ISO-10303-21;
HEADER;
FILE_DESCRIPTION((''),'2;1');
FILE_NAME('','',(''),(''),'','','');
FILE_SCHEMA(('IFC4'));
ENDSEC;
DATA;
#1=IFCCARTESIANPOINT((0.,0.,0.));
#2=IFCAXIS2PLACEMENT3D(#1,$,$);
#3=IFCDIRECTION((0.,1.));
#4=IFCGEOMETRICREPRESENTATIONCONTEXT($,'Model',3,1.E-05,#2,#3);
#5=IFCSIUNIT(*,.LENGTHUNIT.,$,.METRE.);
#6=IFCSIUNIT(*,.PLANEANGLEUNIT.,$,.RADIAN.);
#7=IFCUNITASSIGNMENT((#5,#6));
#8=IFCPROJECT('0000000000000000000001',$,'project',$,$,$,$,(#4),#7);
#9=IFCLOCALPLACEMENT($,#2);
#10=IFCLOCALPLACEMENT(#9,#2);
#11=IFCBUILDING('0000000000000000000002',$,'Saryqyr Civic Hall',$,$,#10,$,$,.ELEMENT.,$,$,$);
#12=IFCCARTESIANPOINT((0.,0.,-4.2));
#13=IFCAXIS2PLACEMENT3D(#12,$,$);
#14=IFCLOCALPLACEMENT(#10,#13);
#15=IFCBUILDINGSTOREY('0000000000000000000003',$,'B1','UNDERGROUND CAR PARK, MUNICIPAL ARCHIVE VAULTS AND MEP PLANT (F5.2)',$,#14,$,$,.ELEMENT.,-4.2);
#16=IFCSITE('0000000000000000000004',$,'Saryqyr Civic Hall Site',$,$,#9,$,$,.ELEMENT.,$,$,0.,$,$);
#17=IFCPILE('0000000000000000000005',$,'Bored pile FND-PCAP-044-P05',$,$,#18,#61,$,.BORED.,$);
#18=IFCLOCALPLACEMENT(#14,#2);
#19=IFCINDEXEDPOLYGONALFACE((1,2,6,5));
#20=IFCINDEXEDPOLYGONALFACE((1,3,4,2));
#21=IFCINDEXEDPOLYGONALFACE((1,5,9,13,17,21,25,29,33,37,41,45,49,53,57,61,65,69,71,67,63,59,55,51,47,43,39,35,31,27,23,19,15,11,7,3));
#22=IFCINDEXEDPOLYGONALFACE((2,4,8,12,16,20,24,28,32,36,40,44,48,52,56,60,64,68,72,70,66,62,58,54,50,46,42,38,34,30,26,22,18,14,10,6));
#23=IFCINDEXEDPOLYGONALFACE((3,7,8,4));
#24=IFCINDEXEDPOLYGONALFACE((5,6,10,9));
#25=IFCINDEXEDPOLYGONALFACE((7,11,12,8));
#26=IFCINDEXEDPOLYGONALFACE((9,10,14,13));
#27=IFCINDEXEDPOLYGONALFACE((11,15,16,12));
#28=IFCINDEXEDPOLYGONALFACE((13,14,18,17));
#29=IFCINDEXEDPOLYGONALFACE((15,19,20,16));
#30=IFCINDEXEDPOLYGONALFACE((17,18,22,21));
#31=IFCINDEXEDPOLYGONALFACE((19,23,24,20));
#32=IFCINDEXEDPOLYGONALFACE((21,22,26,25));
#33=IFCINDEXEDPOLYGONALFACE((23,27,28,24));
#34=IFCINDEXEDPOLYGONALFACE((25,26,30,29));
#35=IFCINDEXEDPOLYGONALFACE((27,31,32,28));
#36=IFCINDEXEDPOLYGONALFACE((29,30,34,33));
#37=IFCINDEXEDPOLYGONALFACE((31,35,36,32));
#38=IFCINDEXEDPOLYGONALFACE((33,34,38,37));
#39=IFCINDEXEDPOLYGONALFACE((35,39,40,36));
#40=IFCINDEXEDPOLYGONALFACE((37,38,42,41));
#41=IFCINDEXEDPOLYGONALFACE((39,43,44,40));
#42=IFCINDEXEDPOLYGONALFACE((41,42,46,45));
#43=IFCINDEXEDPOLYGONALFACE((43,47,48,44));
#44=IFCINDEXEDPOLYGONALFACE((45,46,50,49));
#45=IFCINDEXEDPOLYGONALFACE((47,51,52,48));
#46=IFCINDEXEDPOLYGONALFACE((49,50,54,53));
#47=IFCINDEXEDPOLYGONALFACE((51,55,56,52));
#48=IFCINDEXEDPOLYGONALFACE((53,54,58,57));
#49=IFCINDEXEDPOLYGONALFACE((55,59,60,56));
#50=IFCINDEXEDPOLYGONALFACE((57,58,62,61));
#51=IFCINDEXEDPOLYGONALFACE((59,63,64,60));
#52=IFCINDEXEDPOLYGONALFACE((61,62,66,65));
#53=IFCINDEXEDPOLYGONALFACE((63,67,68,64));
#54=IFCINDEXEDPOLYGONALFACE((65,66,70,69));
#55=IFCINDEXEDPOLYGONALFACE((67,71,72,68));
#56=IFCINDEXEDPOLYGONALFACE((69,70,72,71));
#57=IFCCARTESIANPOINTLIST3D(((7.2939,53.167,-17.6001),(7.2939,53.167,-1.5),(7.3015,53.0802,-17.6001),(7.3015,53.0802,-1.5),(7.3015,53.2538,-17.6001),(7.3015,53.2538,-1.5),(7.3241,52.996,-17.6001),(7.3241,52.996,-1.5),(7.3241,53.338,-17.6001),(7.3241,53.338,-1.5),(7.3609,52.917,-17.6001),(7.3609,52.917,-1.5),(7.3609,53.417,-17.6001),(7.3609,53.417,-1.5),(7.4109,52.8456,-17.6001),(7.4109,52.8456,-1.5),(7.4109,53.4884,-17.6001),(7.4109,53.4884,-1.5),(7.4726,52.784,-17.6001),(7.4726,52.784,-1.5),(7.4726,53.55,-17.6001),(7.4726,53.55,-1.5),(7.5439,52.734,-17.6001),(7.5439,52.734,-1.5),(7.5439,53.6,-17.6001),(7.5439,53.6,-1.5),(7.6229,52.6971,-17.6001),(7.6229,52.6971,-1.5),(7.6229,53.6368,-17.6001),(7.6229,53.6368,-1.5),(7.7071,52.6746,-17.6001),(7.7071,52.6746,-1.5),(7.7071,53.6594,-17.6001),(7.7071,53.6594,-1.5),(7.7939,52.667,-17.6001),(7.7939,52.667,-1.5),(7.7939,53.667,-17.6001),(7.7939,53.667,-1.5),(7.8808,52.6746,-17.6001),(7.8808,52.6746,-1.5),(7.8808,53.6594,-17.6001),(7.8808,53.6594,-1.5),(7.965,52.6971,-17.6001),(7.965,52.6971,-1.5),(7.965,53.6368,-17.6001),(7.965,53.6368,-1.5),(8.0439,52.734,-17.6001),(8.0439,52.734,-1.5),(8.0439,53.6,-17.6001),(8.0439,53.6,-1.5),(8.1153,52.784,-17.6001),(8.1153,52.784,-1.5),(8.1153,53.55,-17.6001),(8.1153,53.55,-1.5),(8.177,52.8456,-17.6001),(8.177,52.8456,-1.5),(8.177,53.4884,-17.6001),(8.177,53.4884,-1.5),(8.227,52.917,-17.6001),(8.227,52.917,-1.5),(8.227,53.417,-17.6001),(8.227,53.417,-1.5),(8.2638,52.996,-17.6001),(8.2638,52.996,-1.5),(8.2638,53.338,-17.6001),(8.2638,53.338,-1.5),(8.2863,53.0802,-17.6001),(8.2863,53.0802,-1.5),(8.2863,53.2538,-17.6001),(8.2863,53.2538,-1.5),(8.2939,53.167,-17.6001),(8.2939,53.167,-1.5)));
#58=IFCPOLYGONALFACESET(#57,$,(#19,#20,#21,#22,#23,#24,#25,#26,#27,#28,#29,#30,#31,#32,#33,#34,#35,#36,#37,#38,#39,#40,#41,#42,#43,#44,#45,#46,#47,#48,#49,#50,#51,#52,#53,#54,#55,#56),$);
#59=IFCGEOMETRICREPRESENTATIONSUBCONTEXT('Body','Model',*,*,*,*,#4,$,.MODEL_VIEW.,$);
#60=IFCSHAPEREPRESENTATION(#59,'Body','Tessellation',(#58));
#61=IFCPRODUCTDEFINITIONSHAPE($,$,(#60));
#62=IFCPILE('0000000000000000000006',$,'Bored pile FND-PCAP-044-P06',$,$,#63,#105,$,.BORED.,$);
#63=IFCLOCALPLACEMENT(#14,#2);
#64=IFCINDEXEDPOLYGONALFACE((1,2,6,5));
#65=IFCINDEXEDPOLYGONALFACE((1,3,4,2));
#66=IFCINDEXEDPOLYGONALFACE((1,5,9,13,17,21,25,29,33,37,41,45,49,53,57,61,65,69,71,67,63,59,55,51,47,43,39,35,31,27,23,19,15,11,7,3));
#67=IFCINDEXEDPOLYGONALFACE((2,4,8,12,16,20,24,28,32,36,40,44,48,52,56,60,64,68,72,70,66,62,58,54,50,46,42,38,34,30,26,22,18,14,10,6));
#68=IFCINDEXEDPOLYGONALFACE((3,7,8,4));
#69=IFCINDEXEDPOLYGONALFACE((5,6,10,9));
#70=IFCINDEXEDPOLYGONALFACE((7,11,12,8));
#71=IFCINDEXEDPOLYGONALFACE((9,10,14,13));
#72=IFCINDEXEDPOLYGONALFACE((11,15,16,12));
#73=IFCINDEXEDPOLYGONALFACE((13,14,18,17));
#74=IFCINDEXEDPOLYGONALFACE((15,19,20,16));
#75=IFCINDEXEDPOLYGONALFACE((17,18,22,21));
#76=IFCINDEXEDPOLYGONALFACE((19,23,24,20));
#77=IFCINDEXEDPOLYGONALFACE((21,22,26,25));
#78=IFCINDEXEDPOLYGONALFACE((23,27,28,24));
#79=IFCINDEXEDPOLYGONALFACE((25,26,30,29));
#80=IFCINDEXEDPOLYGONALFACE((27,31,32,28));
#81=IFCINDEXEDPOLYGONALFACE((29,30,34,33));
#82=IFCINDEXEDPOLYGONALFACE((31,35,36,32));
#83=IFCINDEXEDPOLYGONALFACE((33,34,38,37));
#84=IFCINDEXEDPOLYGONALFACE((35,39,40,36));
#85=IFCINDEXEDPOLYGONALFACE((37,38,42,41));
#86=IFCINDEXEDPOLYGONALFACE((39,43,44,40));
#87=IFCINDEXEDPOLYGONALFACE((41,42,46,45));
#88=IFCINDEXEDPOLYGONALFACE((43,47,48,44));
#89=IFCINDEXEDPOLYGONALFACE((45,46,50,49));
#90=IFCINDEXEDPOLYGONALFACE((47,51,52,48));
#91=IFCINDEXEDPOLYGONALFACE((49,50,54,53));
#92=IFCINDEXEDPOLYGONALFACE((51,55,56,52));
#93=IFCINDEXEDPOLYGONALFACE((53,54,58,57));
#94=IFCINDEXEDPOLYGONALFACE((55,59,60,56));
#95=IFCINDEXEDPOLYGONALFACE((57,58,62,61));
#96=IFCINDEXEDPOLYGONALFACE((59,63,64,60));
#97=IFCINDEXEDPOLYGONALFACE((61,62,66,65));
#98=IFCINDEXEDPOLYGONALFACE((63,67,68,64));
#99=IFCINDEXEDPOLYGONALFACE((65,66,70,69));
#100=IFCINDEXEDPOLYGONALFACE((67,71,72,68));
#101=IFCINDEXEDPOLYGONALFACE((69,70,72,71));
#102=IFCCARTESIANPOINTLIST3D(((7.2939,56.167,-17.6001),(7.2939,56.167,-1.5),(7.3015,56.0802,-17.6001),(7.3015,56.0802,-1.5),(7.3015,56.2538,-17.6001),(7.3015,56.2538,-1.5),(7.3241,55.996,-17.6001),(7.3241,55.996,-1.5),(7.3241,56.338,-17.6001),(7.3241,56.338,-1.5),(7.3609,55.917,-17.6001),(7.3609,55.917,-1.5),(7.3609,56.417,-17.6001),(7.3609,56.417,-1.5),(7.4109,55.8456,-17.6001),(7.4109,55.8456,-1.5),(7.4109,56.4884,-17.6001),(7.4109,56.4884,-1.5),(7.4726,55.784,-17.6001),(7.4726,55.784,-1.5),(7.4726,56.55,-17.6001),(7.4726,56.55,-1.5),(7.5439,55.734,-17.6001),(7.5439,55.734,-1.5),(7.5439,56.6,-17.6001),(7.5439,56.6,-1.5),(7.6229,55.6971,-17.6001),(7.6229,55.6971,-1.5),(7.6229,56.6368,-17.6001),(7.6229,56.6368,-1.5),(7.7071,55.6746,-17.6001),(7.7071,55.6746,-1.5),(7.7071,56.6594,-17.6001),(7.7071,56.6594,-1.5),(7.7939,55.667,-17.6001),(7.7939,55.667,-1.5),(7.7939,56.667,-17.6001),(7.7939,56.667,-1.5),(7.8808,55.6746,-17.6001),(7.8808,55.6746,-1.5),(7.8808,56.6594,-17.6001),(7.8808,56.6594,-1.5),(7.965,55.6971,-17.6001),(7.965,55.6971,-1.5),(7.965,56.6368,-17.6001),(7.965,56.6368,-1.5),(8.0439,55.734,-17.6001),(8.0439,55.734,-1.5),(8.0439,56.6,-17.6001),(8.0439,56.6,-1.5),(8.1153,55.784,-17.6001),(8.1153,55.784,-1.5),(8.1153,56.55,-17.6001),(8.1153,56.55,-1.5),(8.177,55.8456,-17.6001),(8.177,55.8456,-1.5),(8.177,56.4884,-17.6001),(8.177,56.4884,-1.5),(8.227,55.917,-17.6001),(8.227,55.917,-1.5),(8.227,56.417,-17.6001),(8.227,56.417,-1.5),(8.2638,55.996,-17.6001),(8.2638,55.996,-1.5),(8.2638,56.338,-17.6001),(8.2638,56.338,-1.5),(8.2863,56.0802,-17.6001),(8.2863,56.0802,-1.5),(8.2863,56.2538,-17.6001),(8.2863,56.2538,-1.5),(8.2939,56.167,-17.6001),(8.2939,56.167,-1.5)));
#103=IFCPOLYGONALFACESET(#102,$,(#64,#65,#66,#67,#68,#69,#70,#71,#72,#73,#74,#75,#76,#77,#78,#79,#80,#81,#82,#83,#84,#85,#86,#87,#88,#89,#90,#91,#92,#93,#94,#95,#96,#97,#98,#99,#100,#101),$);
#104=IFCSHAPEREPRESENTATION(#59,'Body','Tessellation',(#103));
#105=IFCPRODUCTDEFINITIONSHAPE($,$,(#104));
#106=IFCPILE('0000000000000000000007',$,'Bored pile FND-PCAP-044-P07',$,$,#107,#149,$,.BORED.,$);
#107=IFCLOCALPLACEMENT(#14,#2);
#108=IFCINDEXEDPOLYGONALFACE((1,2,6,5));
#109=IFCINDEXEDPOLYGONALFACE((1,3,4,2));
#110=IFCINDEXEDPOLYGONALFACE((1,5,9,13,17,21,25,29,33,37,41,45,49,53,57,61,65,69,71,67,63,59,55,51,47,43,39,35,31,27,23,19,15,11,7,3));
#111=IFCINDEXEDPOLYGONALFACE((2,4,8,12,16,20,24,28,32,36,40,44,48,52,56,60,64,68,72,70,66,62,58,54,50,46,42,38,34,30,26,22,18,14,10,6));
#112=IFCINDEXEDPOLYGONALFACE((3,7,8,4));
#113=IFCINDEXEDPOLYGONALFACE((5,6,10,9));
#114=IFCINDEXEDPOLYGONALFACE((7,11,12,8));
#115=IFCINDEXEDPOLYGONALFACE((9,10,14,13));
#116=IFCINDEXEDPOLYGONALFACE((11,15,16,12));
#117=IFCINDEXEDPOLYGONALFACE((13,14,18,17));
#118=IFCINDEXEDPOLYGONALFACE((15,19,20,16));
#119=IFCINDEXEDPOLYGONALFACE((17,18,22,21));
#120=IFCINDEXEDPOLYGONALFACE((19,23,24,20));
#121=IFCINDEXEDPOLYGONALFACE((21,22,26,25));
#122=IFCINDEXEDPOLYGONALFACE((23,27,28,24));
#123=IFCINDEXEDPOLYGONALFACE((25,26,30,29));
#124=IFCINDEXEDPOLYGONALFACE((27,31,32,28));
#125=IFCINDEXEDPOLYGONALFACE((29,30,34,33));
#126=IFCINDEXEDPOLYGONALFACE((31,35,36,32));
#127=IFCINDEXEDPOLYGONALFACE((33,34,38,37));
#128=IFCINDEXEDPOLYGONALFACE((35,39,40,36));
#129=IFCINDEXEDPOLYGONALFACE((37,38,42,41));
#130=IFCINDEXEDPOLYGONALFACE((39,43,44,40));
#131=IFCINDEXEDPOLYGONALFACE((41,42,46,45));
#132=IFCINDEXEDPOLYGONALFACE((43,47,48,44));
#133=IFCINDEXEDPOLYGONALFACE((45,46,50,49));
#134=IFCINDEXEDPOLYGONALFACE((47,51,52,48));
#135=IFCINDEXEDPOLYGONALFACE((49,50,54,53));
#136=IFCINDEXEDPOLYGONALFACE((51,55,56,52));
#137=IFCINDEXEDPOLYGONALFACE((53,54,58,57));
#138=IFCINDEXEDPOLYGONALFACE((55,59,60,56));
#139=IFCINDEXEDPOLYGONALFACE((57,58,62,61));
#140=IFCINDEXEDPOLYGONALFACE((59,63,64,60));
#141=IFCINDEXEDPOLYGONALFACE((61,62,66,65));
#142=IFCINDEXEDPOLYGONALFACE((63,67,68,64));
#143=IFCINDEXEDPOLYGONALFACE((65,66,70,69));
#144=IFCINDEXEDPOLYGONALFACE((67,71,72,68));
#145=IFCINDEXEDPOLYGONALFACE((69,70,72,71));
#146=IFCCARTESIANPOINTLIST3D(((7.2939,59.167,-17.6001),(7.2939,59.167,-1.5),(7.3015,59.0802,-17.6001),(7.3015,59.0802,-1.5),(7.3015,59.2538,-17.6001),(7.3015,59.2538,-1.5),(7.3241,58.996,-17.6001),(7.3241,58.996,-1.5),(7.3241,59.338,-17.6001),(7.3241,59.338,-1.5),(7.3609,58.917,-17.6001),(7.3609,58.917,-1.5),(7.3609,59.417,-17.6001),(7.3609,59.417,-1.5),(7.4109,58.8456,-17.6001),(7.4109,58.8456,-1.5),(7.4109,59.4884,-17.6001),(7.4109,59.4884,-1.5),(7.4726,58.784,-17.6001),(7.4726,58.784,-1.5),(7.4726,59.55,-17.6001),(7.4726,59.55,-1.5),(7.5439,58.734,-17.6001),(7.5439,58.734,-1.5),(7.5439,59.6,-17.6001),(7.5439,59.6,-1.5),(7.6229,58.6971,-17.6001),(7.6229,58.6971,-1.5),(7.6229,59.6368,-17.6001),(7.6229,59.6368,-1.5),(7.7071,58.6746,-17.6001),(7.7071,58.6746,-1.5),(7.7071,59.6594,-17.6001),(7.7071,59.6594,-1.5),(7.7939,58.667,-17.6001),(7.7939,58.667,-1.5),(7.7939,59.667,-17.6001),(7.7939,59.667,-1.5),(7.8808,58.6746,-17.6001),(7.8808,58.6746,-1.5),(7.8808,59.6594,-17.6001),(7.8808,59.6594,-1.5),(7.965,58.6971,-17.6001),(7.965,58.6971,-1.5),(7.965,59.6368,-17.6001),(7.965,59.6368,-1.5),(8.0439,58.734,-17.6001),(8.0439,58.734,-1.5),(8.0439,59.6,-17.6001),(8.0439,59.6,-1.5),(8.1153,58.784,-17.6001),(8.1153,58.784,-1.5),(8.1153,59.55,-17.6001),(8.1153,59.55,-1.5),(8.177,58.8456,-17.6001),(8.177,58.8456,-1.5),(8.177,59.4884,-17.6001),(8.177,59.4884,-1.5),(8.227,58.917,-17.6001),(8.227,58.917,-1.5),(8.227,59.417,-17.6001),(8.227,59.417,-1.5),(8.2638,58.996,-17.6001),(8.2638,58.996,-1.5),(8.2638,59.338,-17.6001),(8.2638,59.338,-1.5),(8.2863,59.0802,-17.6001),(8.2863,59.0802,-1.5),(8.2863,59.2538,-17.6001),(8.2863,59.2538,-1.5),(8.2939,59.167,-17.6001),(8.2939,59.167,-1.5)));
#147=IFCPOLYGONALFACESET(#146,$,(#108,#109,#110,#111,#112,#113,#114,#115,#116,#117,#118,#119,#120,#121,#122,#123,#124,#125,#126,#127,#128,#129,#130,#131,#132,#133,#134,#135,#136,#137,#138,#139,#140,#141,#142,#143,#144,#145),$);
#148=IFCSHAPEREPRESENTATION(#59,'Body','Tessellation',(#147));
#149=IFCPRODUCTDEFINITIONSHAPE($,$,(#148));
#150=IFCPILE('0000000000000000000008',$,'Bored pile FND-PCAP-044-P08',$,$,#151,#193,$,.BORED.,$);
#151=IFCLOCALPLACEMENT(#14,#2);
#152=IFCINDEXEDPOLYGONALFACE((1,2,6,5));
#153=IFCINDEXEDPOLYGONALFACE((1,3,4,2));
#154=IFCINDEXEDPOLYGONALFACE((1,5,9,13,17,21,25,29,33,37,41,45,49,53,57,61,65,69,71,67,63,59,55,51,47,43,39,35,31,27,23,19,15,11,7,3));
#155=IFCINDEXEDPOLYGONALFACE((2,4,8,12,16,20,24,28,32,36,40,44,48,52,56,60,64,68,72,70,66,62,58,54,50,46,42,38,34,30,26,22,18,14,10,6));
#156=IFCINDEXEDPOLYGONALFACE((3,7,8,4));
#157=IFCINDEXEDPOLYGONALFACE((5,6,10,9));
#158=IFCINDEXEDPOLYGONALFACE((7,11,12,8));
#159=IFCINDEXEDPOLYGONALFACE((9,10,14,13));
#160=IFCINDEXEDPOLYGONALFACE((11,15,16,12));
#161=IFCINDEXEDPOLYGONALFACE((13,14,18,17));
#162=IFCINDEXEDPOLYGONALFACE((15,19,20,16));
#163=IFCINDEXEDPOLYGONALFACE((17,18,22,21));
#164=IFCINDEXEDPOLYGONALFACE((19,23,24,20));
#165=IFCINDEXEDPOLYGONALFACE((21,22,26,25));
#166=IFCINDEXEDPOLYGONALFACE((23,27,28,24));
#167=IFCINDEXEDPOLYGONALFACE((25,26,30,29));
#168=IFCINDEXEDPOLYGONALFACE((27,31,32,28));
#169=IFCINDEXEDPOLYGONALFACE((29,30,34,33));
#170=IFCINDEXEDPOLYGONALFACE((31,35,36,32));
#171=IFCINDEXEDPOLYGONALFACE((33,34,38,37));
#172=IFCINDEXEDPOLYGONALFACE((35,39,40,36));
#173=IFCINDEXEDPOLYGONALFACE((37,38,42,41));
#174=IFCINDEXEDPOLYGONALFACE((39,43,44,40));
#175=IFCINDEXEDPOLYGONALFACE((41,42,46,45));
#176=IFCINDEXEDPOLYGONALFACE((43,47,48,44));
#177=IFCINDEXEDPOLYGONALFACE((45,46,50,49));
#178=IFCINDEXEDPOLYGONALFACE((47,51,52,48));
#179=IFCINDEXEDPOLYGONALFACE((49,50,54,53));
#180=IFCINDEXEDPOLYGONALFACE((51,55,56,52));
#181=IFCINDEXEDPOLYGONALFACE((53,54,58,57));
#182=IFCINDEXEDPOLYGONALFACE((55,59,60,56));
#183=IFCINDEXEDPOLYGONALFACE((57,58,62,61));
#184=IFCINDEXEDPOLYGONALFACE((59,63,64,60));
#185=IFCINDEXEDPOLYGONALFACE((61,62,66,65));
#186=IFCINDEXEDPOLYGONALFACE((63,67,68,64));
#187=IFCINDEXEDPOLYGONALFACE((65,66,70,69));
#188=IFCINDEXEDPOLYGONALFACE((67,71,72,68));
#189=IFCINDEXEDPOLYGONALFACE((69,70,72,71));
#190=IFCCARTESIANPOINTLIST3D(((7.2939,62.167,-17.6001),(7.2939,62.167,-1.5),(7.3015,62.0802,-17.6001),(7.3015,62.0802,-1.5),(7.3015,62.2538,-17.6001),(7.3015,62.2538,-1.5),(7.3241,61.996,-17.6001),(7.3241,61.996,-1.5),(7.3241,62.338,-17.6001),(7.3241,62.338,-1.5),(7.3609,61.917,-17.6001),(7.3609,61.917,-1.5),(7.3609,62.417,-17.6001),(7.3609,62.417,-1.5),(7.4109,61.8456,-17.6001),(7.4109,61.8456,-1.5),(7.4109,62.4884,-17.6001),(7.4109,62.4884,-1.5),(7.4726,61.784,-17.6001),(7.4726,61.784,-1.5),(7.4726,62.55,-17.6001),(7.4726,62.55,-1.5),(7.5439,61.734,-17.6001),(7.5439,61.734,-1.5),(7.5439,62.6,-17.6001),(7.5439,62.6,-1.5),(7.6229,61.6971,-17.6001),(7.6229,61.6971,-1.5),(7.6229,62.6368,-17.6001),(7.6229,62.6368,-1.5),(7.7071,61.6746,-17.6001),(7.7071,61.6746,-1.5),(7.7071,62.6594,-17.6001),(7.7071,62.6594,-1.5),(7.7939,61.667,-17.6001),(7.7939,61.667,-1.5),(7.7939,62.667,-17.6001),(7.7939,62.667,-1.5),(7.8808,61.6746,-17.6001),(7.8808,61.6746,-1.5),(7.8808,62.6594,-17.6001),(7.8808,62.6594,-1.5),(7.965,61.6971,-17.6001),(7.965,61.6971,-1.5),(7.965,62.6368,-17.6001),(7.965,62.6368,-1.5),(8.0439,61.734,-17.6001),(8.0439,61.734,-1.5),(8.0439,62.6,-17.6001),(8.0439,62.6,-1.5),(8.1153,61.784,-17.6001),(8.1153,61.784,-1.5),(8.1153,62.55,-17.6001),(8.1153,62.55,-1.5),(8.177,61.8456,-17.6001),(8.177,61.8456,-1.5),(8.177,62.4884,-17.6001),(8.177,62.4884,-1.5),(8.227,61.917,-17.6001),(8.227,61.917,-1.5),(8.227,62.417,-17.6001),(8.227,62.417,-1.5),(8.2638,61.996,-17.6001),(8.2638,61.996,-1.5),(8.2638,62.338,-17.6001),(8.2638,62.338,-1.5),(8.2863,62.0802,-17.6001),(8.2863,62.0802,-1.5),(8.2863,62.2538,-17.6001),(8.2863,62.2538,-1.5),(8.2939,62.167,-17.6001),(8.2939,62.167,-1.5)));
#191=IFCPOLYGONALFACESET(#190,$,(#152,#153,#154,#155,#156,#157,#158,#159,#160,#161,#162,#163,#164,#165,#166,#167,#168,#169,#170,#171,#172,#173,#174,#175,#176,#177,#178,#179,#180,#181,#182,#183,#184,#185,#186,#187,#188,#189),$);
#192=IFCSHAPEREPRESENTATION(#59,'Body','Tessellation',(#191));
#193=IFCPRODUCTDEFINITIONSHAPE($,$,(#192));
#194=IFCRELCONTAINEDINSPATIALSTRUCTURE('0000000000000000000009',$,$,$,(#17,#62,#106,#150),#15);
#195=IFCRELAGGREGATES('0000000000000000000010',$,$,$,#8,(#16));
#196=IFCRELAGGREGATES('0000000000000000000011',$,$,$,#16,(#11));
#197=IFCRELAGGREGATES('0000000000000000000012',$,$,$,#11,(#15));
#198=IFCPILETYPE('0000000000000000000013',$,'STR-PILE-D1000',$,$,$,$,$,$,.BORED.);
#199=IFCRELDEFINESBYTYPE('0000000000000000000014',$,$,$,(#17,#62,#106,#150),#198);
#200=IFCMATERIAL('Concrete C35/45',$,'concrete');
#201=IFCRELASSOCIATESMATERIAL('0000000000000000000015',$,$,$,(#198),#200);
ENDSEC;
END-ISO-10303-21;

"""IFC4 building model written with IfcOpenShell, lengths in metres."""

from ifc_helpers import new_model, si_unit, direction, frame, origin, origin_2d, place, context, subcontext, project, spatial, circle, extrude, material, material_profile, profile_set, type_object, element, save


model = new_model("IFC4")

# Units and contexts
model_context = context("Model", 3, precision=1e-05, world=origin(), true_north=direction((0.0, 1.0)))
body_context = subcontext(model_context, "Body", "Model", "MODEL_VIEW")
ifc_project = project(units=[si_unit("LENGTHUNIT", "METRE"), si_unit("PLANEANGLEUNIT", "RADIAN")], contexts=[model_context])

# Site, building, storey
site_placement = place(None, origin())
site = spatial("IfcSite", under=ifc_project, at=site_placement, Name="Saryqyr Civic Hall Site", CompositionType="ELEMENT", RefElevation=0.0)
building_placement = place(site_placement, origin())
building = spatial("IfcBuilding", under=site, at=building_placement, Name="Saryqyr Civic Hall", CompositionType="ELEMENT")
storey_placement = place(building_placement, frame((0.0, 0.0, -4.2)))
storey = spatial("IfcBuildingStorey", under=building, at=storey_placement, Name="B1", Description="UNDERGROUND CAR PARK, MUNICIPAL ARCHIVE VAULTS AND MEP PLANT (F5.2)", CompositionType="ELEMENT", Elevation=-4.2)

# Piles
ifc_material_1 = material(Name="Concrete C35/45", Category="concrete")
ifc_material_profile_1 = material_profile(ifc_material_1, circle(Radius=0.5, at=origin_2d()), Name="BORED PILE D1000")
ifc_profile_set_1 = profile_set([ifc_material_profile_1], Name="Concrete C35/45")
pile_type = type_object("IfcPileType", Name="STR-PILE-D1000", PredefinedType="BORED", material=ifc_profile_set_1)
for number, where, z_axis, x_axis, name in (
    (1, (7.7939, 53.167, -1.5), (0.0, 0.0, -1.0), (1.0, 0.0, 0.0), "Bored pile FND-PCAP-044-P05"),
    (2, (7.7939, 56.167, -1.5), (0.0, 0.0, -1.0), (1.0, 0.0, 0.0), "Bored pile FND-PCAP-044-P06"),
    (3, (7.7939, 59.167, -1.5), (0.0, 0.0, -1.0), (1.0, 0.0, 0.0), "Bored pile FND-PCAP-044-P07"),
    (4, (7.7939, 62.167, -1.5), (0.0, 0.0, -1.0), (1.0, 0.0, 0.0), "Bored pile FND-PCAP-044-P08"),
):
    element("IfcPile", number, at=place(storey_placement, frame(where, z_axis=z_axis, x_axis=x_axis)), inside=storey, type_object=pile_type, Name=name, PredefinedType="BORED", context=body_context, shape_type="SweptSolid", body=[
        extrude(circle(Radius=0.5, at=origin_2d()), origin(), (0.0, 0.0, 1.0), 16.1001),
    ])

save(model, "model.ifc")
